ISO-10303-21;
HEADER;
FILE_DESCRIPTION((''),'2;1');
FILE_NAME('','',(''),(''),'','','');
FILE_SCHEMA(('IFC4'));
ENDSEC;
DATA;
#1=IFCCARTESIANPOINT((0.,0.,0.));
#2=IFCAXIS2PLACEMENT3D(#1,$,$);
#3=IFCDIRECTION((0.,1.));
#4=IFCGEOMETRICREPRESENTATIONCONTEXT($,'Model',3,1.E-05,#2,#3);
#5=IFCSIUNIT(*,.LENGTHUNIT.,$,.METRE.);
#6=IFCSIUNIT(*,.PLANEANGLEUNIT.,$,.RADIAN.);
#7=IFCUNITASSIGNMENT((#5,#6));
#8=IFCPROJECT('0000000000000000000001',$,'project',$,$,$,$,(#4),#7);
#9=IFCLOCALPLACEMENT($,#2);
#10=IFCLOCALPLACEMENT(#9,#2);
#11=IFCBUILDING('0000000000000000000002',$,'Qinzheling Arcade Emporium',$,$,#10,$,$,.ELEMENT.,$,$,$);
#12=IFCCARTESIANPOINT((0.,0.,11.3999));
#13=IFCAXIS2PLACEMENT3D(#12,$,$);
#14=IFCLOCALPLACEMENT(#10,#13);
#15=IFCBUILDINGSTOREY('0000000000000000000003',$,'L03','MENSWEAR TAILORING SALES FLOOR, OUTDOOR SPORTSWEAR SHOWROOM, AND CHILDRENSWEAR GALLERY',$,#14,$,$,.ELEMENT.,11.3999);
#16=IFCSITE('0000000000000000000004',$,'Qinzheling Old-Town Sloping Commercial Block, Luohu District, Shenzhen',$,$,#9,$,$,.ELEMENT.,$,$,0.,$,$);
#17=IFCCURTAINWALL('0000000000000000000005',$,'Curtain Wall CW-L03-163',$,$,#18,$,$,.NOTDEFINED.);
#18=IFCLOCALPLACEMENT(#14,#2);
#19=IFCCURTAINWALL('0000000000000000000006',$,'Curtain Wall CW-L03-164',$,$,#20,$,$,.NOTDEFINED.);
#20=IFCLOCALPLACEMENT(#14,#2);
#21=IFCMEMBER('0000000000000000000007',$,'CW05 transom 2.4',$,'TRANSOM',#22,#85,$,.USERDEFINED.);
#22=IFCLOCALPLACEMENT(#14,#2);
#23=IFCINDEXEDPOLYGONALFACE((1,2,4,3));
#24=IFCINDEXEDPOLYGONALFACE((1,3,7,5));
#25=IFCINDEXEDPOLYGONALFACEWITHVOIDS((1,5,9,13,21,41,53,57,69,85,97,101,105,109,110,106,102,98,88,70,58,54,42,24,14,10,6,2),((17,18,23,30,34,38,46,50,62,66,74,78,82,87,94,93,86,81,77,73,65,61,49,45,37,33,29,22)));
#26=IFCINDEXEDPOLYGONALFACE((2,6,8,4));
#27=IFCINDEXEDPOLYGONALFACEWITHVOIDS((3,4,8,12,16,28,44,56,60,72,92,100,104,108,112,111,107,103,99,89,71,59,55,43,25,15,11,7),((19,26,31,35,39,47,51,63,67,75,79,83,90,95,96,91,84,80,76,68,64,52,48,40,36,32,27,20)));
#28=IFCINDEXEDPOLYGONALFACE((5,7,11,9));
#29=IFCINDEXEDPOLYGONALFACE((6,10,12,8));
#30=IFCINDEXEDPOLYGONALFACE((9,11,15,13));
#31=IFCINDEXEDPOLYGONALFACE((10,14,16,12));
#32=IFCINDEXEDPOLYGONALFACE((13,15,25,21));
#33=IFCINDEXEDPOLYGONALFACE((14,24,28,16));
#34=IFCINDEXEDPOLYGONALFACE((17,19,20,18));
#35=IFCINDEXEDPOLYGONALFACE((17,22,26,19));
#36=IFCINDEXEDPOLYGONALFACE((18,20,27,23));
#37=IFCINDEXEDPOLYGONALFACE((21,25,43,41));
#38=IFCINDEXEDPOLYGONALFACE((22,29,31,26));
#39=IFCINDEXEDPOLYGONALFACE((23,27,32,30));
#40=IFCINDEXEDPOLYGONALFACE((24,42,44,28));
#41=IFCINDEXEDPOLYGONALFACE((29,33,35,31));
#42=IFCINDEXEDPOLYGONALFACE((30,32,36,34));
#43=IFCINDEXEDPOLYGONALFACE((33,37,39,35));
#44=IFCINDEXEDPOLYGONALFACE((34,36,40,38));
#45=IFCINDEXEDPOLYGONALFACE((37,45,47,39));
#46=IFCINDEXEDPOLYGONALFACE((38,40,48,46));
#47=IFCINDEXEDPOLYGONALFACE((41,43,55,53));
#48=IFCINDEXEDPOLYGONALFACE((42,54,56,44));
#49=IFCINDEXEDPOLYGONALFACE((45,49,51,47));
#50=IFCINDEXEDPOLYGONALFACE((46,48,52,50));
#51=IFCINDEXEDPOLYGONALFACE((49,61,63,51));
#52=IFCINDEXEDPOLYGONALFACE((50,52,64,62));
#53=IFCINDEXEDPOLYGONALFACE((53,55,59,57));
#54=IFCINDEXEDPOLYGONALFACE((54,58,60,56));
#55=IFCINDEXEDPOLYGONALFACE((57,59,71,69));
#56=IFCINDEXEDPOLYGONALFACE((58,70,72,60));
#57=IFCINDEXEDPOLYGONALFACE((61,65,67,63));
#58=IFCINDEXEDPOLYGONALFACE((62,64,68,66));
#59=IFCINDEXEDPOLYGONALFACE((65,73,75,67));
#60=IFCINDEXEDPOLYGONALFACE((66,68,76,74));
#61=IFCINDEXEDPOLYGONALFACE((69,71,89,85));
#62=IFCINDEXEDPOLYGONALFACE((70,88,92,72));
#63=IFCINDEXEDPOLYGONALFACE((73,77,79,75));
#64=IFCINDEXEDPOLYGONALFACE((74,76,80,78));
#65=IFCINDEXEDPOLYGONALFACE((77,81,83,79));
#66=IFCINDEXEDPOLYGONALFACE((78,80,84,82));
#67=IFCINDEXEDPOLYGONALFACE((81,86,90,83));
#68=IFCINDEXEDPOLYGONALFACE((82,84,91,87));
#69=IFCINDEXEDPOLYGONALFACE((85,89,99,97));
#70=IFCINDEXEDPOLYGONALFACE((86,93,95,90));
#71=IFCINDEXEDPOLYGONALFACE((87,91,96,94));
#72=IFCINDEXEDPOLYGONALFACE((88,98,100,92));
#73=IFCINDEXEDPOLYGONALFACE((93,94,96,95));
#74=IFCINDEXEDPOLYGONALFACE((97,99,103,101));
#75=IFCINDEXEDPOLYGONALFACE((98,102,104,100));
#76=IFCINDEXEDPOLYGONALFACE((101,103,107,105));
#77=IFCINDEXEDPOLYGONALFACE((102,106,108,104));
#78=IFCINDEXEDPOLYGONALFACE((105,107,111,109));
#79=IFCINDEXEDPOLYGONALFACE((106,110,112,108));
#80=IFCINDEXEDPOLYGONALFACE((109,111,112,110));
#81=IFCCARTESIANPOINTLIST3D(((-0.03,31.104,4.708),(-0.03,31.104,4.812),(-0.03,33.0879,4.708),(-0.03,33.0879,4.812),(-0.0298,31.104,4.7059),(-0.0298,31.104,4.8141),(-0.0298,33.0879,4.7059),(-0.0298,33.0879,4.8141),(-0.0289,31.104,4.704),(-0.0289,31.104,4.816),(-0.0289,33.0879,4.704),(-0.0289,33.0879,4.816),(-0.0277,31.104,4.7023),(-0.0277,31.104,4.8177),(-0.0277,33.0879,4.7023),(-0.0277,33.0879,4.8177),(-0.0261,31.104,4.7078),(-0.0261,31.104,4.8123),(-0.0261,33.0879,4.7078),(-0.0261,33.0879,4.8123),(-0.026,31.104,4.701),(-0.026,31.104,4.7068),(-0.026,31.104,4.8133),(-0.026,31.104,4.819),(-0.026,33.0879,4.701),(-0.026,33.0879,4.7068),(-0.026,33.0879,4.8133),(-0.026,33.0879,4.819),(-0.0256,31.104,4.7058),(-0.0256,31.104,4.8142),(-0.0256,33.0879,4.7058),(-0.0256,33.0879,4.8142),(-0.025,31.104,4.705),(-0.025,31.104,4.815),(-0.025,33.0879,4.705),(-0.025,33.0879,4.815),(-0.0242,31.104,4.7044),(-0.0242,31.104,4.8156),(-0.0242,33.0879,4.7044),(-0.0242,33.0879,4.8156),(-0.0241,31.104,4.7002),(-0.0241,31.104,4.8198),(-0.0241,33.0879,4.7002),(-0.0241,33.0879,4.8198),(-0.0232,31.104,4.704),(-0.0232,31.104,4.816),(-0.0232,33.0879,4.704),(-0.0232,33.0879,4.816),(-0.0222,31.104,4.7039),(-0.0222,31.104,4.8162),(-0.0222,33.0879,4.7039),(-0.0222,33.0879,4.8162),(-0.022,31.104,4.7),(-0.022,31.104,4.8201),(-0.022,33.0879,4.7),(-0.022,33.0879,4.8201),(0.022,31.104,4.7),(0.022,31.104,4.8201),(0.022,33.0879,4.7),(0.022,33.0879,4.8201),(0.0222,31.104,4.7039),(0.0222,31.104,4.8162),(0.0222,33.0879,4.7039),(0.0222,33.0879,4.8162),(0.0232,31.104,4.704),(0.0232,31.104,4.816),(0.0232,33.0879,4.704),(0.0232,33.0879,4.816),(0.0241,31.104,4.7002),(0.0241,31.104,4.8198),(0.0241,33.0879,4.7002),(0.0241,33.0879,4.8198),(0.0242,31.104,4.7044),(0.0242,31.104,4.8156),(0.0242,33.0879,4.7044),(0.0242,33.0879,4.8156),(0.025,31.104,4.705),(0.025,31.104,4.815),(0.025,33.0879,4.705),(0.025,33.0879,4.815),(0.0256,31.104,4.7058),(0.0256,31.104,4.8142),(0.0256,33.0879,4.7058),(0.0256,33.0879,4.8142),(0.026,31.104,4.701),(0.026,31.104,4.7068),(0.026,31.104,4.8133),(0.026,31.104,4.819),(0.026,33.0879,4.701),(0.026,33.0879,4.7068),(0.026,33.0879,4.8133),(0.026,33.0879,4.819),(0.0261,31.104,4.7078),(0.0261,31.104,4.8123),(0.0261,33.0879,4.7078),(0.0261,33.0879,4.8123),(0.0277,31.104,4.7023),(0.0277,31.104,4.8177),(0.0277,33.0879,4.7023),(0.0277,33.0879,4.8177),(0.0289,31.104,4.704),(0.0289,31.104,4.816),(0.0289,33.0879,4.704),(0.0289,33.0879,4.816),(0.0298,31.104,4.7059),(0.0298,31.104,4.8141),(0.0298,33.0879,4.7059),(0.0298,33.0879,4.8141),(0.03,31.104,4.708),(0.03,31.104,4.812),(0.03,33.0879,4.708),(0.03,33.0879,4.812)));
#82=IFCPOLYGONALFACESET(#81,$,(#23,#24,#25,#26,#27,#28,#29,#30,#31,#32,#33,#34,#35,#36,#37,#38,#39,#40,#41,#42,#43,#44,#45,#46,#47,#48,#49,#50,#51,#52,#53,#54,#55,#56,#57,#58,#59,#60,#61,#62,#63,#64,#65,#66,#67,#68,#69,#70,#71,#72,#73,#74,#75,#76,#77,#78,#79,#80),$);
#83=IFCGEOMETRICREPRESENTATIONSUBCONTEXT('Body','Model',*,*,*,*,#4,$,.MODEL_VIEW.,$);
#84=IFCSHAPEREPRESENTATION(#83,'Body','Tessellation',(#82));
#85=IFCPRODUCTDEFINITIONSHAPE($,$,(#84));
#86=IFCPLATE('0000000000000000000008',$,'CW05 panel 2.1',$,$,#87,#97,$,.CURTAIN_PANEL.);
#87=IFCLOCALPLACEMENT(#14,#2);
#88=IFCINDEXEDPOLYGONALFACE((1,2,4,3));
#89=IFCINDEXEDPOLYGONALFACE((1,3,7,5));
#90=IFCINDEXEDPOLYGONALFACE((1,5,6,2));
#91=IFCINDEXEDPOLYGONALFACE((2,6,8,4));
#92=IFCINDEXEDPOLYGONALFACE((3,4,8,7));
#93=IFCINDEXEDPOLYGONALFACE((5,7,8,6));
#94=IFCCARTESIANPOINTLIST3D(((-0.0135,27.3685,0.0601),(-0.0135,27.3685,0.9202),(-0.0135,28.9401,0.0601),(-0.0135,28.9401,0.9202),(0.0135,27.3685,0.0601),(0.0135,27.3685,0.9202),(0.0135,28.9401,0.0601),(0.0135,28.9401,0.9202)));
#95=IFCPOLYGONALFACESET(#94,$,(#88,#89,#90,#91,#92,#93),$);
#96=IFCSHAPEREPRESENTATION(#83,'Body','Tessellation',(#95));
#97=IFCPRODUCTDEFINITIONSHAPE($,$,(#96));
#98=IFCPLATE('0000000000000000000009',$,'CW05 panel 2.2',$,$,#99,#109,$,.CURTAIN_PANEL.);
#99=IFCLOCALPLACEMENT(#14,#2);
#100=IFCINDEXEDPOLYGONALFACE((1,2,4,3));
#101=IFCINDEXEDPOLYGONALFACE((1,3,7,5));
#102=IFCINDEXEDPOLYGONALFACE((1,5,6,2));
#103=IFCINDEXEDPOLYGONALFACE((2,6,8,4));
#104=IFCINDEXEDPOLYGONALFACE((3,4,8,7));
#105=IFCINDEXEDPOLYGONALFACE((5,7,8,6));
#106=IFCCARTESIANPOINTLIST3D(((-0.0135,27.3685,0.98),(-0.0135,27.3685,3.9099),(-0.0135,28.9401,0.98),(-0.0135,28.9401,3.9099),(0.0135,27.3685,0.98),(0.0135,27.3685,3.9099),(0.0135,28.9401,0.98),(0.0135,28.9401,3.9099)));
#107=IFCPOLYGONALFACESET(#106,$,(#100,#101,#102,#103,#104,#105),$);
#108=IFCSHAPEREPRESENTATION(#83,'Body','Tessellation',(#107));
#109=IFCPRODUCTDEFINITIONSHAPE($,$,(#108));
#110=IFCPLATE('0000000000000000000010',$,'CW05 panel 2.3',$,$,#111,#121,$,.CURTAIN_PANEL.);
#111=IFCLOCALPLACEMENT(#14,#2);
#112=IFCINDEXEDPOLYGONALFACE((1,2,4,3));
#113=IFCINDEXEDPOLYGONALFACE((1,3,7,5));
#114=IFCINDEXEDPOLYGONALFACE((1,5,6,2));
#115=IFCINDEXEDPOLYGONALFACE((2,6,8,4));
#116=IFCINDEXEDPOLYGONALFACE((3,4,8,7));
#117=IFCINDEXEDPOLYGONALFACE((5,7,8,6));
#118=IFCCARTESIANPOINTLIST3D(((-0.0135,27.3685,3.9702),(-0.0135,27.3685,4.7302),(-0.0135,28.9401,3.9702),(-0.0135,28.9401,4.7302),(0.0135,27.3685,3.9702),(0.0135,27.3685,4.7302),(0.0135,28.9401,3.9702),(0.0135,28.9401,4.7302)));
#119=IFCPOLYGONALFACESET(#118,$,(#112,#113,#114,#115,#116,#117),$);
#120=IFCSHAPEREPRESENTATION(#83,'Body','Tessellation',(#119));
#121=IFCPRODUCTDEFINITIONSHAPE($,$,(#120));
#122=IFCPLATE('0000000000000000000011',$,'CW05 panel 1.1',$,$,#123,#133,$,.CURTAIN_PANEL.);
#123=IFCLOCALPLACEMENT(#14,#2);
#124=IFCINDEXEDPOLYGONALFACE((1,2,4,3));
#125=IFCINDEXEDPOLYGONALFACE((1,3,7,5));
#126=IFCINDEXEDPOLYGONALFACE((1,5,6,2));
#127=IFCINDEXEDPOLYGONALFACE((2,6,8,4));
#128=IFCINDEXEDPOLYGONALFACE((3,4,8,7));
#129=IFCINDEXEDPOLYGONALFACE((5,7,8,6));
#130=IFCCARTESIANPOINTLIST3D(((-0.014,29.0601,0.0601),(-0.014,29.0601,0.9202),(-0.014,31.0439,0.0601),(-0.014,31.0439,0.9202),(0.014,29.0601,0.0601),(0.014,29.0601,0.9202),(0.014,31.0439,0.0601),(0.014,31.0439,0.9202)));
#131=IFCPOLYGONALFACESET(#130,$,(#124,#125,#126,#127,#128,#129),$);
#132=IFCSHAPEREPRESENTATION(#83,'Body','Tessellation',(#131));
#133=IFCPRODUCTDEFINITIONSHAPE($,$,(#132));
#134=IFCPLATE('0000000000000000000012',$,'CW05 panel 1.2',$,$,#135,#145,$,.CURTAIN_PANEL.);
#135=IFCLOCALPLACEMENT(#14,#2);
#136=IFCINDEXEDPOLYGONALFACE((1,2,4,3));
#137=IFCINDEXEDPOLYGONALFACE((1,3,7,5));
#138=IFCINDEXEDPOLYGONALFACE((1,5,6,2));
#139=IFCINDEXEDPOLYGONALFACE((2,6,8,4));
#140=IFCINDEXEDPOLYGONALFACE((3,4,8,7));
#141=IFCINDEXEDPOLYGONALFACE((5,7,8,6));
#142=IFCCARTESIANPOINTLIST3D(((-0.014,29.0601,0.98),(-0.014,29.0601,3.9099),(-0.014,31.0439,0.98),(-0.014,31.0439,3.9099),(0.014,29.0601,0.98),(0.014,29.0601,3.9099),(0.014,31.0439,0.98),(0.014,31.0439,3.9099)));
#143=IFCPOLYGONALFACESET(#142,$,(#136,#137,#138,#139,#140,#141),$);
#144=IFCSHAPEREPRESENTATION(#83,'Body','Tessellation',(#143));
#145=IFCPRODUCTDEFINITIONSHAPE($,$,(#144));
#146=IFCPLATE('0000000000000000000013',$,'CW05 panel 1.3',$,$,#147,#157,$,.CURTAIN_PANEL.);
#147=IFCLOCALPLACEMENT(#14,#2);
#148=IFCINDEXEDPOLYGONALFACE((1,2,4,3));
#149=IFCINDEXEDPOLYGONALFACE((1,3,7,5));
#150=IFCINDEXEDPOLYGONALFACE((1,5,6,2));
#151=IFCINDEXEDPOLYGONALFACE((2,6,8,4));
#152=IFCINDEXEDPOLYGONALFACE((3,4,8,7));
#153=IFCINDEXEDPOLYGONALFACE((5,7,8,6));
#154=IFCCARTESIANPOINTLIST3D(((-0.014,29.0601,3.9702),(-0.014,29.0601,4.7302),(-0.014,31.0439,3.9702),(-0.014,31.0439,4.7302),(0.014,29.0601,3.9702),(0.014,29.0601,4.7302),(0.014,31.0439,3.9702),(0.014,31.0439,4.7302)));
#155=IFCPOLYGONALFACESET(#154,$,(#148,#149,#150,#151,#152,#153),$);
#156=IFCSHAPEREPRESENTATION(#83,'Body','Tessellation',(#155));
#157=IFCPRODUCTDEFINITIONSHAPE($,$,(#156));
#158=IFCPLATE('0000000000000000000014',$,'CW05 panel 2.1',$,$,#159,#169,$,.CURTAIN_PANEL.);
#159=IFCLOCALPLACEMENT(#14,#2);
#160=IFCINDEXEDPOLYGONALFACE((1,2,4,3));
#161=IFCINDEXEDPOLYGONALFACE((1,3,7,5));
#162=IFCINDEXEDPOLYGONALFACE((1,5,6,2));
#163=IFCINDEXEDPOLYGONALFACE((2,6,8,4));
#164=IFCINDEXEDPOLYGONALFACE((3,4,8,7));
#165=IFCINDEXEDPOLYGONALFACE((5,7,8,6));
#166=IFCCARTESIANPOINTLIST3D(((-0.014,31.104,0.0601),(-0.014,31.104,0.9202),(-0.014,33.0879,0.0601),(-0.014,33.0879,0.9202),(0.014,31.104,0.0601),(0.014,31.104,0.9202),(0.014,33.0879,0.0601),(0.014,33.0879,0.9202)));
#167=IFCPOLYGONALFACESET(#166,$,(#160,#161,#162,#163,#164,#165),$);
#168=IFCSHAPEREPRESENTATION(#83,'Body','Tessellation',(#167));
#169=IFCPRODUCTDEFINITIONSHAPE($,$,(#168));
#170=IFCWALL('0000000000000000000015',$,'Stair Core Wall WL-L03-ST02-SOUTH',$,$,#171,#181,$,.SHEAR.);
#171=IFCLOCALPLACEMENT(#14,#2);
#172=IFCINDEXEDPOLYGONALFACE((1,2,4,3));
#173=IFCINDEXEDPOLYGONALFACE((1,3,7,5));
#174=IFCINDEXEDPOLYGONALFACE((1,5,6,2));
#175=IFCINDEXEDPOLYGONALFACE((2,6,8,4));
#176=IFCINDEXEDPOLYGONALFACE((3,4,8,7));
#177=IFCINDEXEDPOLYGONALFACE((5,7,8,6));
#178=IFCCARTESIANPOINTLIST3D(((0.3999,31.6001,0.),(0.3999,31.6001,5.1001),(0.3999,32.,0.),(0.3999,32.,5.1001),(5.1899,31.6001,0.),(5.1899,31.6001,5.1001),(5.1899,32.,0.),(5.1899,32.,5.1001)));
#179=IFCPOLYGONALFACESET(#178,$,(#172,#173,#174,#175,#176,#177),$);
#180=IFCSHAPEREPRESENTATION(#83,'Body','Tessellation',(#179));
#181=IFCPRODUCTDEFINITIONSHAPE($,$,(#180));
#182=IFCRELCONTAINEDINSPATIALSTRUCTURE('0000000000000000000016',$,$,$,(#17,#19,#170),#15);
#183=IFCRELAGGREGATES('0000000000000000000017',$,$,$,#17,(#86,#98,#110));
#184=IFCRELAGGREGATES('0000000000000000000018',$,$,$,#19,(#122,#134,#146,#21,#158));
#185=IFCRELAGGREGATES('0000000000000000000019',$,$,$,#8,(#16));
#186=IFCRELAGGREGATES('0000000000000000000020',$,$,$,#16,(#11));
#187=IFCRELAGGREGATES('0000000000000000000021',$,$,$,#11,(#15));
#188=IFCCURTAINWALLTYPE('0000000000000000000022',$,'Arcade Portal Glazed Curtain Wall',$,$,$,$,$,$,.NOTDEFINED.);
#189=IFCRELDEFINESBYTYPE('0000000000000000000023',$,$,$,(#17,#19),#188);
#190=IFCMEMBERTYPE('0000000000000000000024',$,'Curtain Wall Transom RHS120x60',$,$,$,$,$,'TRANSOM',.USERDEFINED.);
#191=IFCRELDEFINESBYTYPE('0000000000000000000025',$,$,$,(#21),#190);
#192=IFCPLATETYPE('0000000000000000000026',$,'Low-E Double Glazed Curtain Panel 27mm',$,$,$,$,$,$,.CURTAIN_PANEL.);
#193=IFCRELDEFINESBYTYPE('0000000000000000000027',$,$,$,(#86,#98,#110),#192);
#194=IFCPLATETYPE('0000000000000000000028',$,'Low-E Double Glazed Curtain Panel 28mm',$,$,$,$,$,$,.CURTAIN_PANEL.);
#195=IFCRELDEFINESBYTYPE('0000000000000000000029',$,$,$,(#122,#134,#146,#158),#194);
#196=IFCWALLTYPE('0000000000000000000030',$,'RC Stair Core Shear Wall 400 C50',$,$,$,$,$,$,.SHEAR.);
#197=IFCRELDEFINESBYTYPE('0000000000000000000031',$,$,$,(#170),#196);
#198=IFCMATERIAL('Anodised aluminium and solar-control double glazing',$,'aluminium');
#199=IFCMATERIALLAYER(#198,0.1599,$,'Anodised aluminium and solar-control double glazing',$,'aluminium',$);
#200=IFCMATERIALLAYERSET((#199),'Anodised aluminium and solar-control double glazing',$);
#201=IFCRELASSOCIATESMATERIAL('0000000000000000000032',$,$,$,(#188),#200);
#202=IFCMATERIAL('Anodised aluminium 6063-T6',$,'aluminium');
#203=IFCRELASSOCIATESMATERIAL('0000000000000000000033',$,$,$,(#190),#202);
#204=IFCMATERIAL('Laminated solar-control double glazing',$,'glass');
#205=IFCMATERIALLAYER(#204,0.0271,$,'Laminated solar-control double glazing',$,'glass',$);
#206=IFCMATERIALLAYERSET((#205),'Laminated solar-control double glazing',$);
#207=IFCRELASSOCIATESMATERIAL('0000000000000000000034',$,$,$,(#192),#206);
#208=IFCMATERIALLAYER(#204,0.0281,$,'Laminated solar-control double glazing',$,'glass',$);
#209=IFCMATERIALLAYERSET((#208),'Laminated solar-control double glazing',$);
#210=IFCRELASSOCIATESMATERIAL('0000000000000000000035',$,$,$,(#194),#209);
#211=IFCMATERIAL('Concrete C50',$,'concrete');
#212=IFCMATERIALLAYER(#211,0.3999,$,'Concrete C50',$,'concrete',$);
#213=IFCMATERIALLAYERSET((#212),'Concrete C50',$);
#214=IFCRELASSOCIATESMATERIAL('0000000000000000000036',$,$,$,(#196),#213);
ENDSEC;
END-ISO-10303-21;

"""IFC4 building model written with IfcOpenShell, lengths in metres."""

from ifc_helpers import new_model, si_unit, direction, frame, frame_2d, origin, origin_2d, place, context, subcontext, project, spatial, rectangle, hollow_rectangle, extrude, material, layer, layer_set, material_profile, profile_set, type_object, element, aggregate, save


model = new_model("IFC4")

# Units and contexts
model_context = context("Model", 3, precision=1e-05, world=origin(), true_north=direction((0.0, 1.0)))
body_context = subcontext(model_context, "Body", "Model", "MODEL_VIEW")
ifc_project = project(units=[si_unit("LENGTHUNIT", "METRE"), si_unit("PLANEANGLEUNIT", "RADIAN")], contexts=[model_context])

# Site, building, storey
site_placement = place(None, origin())
site = spatial("IfcSite", under=ifc_project, at=site_placement, Name="Qinzheling Old-Town Sloping Commercial Block, Luohu District, Shenzhen", CompositionType="ELEMENT", RefElevation=0.0)
building_placement = place(site_placement, origin())
building = spatial("IfcBuilding", under=site, at=building_placement, Name="Qinzheling Arcade Emporium", CompositionType="ELEMENT")
storey_placement = place(building_placement, frame((0.0, 0.0, 11.3999)))
storey = spatial("IfcBuildingStorey", under=building, at=storey_placement, Name="L03", Description="MENSWEAR TAILORING SALES FLOOR, OUTDOOR SPORTSWEAR SHOWROOM, AND CHILDRENSWEAR GALLERY", CompositionType="ELEMENT", Elevation=11.3999)

# Curtain wall
ifc_material_1 = material(Name="Anodised aluminium and solar-control double glazing", Category="aluminium")
ifc_layer_1 = layer(ifc_material_1, 0.1599, Name="Anodised aluminium and solar-control double glazing", Category="aluminium")
ifc_layer_set_1 = layer_set([ifc_layer_1], Name="Anodised aluminium and solar-control double glazing")
curtain_wall_type = type_object("IfcCurtainWallType", Name="Arcade Portal Glazed Curtain Wall", PredefinedType="NOTDEFINED", material=ifc_layer_set_1)
curtain_wall_1_placement = place(storey_placement, origin())
curtain_wall_1 = element("IfcCurtainWall", 1, at=curtain_wall_1_placement, inside=storey, type_object=curtain_wall_type, Name="Curtain Wall CW-L03-163", PredefinedType="NOTDEFINED")
ifc_material_2 = material(Name="Anodised aluminium 6063-T6", Category="aluminium")

# Curtain wall, member
curtain_wall_2_placement = place(storey_placement, origin())
curtain_wall_2 = element("IfcCurtainWall", 2, at=curtain_wall_2_placement, inside=storey, type_object=curtain_wall_type, Name="Curtain Wall CW-L03-164", PredefinedType="NOTDEFINED")
ifc_material_profile_1 = material_profile(ifc_material_2, hollow_rectangle(XDim=0.0601, YDim=0.1201, WallThickness=0.0039, InnerFilletRadius=0.0039, OuterFilletRadius=0.0081, at=origin_2d()), Name="RHS 120x60x4", Category="aluminium")
ifc_profile_set_1 = profile_set([ifc_material_profile_1], Name="Anodised aluminium 6063-T6")
member_type_1 = type_object("IfcMemberType", Name="Curtain Wall Transom RHS120x60", ElementType="TRANSOM", PredefinedType="USERDEFINED", material=ifc_profile_set_1)
member_1_placement = place(storey_placement, frame((0.0, 31.104, 4.76), z_axis=(0.0, 1.0, 0.0), x_axis=(-1.0, 0.0, 0.0)))
member_1 = element("IfcMember", 3, at=member_1_placement, type_object=member_type_1, Name="CW05 transom 2.4", ObjectType="TRANSOM", PredefinedType="USERDEFINED", context=body_context, shape_type="SweptSolid", body=[
    extrude(hollow_rectangle(XDim=0.0601, YDim=0.1201, WallThickness=0.0039, InnerFilletRadius=0.0039, OuterFilletRadius=0.0081, at=origin_2d()), origin(), (0.0, 0.0, 1.0), 1.9839),
])

# Plates
ifc_material_3 = material(Name="Laminated solar-control double glazing", Category="glass")
ifc_layer_2 = layer(ifc_material_3, 0.0271, Name="Laminated solar-control double glazing", Category="glass")
ifc_layer_set_2 = layer_set([ifc_layer_2], Name="Laminated solar-control double glazing")
plate_type_1 = type_object("IfcPlateType", Name="Low-E Double Glazed Curtain Panel 27mm", PredefinedType="CURTAIN_PANEL", material=ifc_layer_set_2)
plate_1_placement = place(storey_placement, frame((0.0, 28.1543, 0.0601), z_axis=(0.0, 0.0, 1.0), x_axis=(0.0, 1.0, 0.0)))
plate_1 = element("IfcPlate", 4, at=plate_1_placement, type_object=plate_type_1, Name="CW05 panel 2.1", PredefinedType="CURTAIN_PANEL", context=body_context, shape_type="SweptSolid", body=[
    extrude(rectangle(XDim=1.5715, YDim=0.0271, at=origin_2d()), origin(), (0.0, 0.0, 1.0), 0.8601),
])
plate_2_placement = place(storey_placement, frame((0.0, 28.1543, 0.98), z_axis=(0.0, 0.0, 1.0), x_axis=(0.0, 1.0, 0.0)))
plate_2 = element("IfcPlate", 5, at=plate_2_placement, type_object=plate_type_1, Name="CW05 panel 2.2", PredefinedType="CURTAIN_PANEL", context=body_context, shape_type="SweptSolid", body=[
    extrude(rectangle(XDim=1.5715, YDim=0.0271, at=origin_2d()), origin(), (0.0, 0.0, 1.0), 2.9299),
])
plate_3_placement = place(storey_placement, frame((0.0, 28.1543, 3.9702), z_axis=(0.0, 0.0, 1.0), x_axis=(0.0, 1.0, 0.0)))
plate_3 = element("IfcPlate", 6, at=plate_3_placement, type_object=plate_type_1, Name="CW05 panel 2.3", PredefinedType="CURTAIN_PANEL", context=body_context, shape_type="SweptSolid", body=[
    extrude(rectangle(XDim=1.5715, YDim=0.0271, at=origin_2d()), origin(), (0.0, 0.0, 1.0), 0.76),
])
aggregate(curtain_wall_1, [plate_1, plate_2, plate_3])
ifc_layer_3 = layer(ifc_material_3, 0.0281, Name="Laminated solar-control double glazing", Category="glass")
ifc_layer_set_3 = layer_set([ifc_layer_3], Name="Laminated solar-control double glazing")
plate_type_2 = type_object("IfcPlateType", Name="Low-E Double Glazed Curtain Panel 28mm", PredefinedType="CURTAIN_PANEL", material=ifc_layer_set_3)
plate_4_placement = place(storey_placement, frame((0.0, 30.052, 0.0601), z_axis=(0.0, 0.0, 1.0), x_axis=(0.0, 1.0, 0.0)))
plate_4 = element("IfcPlate", 7, at=plate_4_placement, type_object=plate_type_2, Name="CW05 panel 1.1", PredefinedType="CURTAIN_PANEL", context=body_context, shape_type="SweptSolid", body=[
    extrude(rectangle(XDim=1.9839, YDim=0.0281, at=origin_2d()), origin(), (0.0, 0.0, 1.0), 0.8601),
])
plate_5_placement = place(storey_placement, frame((0.0, 30.052, 0.98), z_axis=(0.0, 0.0, 1.0), x_axis=(0.0, 1.0, 0.0)))
plate_5 = element("IfcPlate", 8, at=plate_5_placement, type_object=plate_type_2, Name="CW05 panel 1.2", PredefinedType="CURTAIN_PANEL", context=body_context, shape_type="SweptSolid", body=[
    extrude(rectangle(XDim=1.9839, YDim=0.0281, at=origin_2d()), origin(), (0.0, 0.0, 1.0), 2.9299),
])
plate_6_placement = place(storey_placement, frame((0.0, 30.052, 3.9702), z_axis=(0.0, 0.0, 1.0), x_axis=(0.0, 1.0, 0.0)))
plate_6 = element("IfcPlate", 9, at=plate_6_placement, type_object=plate_type_2, Name="CW05 panel 1.3", PredefinedType="CURTAIN_PANEL", context=body_context, shape_type="SweptSolid", body=[
    extrude(rectangle(XDim=1.9839, YDim=0.0281, at=origin_2d()), origin(), (0.0, 0.0, 1.0), 0.76),
])
plate_7_placement = place(storey_placement, frame((0.0, 32.0959, 0.0601), z_axis=(0.0, 0.0, 1.0), x_axis=(0.0, 1.0, 0.0)))
plate_7 = element("IfcPlate", 10, at=plate_7_placement, type_object=plate_type_2, Name="CW05 panel 2.1", PredefinedType="CURTAIN_PANEL", context=body_context, shape_type="SweptSolid", body=[
    extrude(rectangle(XDim=1.9839, YDim=0.0281, at=origin_2d()), origin(), (0.0, 0.0, 1.0), 0.8601),
])
aggregate(curtain_wall_2, [plate_4, plate_5, plate_6, member_1, plate_7])

# Wall
ifc_material_4 = material(Name="Concrete C50", Category="concrete")
ifc_layer_4 = layer(ifc_material_4, 0.3999, Name="Concrete C50", Category="concrete")
ifc_layer_set_4 = layer_set([ifc_layer_4], Name="Concrete C50")
wall_type = type_object("IfcWallType", Name="RC Stair Core Shear Wall 400 C50", PredefinedType="SHEAR", material=ifc_layer_set_4)
wall_placement = place(storey_placement, frame((5.1899, 31.8, 0.0), z_axis=(0.0, 0.0, 1.0), x_axis=(-1.0, 0.0, 0.0)))
element("IfcWall", 11, at=wall_placement, inside=storey, type_object=wall_type, Name="Stair Core Wall WL-L03-ST02-SOUTH", PredefinedType="SHEAR", context=body_context, shape_type="SweptSolid", body=[
    extrude(rectangle(XDim=4.79, YDim=0.3999, at=frame_2d((2.395, 0.0))), origin(), (0.0, 0.0, 1.0), 5.1001),
])

save(model, "model.ifc")
